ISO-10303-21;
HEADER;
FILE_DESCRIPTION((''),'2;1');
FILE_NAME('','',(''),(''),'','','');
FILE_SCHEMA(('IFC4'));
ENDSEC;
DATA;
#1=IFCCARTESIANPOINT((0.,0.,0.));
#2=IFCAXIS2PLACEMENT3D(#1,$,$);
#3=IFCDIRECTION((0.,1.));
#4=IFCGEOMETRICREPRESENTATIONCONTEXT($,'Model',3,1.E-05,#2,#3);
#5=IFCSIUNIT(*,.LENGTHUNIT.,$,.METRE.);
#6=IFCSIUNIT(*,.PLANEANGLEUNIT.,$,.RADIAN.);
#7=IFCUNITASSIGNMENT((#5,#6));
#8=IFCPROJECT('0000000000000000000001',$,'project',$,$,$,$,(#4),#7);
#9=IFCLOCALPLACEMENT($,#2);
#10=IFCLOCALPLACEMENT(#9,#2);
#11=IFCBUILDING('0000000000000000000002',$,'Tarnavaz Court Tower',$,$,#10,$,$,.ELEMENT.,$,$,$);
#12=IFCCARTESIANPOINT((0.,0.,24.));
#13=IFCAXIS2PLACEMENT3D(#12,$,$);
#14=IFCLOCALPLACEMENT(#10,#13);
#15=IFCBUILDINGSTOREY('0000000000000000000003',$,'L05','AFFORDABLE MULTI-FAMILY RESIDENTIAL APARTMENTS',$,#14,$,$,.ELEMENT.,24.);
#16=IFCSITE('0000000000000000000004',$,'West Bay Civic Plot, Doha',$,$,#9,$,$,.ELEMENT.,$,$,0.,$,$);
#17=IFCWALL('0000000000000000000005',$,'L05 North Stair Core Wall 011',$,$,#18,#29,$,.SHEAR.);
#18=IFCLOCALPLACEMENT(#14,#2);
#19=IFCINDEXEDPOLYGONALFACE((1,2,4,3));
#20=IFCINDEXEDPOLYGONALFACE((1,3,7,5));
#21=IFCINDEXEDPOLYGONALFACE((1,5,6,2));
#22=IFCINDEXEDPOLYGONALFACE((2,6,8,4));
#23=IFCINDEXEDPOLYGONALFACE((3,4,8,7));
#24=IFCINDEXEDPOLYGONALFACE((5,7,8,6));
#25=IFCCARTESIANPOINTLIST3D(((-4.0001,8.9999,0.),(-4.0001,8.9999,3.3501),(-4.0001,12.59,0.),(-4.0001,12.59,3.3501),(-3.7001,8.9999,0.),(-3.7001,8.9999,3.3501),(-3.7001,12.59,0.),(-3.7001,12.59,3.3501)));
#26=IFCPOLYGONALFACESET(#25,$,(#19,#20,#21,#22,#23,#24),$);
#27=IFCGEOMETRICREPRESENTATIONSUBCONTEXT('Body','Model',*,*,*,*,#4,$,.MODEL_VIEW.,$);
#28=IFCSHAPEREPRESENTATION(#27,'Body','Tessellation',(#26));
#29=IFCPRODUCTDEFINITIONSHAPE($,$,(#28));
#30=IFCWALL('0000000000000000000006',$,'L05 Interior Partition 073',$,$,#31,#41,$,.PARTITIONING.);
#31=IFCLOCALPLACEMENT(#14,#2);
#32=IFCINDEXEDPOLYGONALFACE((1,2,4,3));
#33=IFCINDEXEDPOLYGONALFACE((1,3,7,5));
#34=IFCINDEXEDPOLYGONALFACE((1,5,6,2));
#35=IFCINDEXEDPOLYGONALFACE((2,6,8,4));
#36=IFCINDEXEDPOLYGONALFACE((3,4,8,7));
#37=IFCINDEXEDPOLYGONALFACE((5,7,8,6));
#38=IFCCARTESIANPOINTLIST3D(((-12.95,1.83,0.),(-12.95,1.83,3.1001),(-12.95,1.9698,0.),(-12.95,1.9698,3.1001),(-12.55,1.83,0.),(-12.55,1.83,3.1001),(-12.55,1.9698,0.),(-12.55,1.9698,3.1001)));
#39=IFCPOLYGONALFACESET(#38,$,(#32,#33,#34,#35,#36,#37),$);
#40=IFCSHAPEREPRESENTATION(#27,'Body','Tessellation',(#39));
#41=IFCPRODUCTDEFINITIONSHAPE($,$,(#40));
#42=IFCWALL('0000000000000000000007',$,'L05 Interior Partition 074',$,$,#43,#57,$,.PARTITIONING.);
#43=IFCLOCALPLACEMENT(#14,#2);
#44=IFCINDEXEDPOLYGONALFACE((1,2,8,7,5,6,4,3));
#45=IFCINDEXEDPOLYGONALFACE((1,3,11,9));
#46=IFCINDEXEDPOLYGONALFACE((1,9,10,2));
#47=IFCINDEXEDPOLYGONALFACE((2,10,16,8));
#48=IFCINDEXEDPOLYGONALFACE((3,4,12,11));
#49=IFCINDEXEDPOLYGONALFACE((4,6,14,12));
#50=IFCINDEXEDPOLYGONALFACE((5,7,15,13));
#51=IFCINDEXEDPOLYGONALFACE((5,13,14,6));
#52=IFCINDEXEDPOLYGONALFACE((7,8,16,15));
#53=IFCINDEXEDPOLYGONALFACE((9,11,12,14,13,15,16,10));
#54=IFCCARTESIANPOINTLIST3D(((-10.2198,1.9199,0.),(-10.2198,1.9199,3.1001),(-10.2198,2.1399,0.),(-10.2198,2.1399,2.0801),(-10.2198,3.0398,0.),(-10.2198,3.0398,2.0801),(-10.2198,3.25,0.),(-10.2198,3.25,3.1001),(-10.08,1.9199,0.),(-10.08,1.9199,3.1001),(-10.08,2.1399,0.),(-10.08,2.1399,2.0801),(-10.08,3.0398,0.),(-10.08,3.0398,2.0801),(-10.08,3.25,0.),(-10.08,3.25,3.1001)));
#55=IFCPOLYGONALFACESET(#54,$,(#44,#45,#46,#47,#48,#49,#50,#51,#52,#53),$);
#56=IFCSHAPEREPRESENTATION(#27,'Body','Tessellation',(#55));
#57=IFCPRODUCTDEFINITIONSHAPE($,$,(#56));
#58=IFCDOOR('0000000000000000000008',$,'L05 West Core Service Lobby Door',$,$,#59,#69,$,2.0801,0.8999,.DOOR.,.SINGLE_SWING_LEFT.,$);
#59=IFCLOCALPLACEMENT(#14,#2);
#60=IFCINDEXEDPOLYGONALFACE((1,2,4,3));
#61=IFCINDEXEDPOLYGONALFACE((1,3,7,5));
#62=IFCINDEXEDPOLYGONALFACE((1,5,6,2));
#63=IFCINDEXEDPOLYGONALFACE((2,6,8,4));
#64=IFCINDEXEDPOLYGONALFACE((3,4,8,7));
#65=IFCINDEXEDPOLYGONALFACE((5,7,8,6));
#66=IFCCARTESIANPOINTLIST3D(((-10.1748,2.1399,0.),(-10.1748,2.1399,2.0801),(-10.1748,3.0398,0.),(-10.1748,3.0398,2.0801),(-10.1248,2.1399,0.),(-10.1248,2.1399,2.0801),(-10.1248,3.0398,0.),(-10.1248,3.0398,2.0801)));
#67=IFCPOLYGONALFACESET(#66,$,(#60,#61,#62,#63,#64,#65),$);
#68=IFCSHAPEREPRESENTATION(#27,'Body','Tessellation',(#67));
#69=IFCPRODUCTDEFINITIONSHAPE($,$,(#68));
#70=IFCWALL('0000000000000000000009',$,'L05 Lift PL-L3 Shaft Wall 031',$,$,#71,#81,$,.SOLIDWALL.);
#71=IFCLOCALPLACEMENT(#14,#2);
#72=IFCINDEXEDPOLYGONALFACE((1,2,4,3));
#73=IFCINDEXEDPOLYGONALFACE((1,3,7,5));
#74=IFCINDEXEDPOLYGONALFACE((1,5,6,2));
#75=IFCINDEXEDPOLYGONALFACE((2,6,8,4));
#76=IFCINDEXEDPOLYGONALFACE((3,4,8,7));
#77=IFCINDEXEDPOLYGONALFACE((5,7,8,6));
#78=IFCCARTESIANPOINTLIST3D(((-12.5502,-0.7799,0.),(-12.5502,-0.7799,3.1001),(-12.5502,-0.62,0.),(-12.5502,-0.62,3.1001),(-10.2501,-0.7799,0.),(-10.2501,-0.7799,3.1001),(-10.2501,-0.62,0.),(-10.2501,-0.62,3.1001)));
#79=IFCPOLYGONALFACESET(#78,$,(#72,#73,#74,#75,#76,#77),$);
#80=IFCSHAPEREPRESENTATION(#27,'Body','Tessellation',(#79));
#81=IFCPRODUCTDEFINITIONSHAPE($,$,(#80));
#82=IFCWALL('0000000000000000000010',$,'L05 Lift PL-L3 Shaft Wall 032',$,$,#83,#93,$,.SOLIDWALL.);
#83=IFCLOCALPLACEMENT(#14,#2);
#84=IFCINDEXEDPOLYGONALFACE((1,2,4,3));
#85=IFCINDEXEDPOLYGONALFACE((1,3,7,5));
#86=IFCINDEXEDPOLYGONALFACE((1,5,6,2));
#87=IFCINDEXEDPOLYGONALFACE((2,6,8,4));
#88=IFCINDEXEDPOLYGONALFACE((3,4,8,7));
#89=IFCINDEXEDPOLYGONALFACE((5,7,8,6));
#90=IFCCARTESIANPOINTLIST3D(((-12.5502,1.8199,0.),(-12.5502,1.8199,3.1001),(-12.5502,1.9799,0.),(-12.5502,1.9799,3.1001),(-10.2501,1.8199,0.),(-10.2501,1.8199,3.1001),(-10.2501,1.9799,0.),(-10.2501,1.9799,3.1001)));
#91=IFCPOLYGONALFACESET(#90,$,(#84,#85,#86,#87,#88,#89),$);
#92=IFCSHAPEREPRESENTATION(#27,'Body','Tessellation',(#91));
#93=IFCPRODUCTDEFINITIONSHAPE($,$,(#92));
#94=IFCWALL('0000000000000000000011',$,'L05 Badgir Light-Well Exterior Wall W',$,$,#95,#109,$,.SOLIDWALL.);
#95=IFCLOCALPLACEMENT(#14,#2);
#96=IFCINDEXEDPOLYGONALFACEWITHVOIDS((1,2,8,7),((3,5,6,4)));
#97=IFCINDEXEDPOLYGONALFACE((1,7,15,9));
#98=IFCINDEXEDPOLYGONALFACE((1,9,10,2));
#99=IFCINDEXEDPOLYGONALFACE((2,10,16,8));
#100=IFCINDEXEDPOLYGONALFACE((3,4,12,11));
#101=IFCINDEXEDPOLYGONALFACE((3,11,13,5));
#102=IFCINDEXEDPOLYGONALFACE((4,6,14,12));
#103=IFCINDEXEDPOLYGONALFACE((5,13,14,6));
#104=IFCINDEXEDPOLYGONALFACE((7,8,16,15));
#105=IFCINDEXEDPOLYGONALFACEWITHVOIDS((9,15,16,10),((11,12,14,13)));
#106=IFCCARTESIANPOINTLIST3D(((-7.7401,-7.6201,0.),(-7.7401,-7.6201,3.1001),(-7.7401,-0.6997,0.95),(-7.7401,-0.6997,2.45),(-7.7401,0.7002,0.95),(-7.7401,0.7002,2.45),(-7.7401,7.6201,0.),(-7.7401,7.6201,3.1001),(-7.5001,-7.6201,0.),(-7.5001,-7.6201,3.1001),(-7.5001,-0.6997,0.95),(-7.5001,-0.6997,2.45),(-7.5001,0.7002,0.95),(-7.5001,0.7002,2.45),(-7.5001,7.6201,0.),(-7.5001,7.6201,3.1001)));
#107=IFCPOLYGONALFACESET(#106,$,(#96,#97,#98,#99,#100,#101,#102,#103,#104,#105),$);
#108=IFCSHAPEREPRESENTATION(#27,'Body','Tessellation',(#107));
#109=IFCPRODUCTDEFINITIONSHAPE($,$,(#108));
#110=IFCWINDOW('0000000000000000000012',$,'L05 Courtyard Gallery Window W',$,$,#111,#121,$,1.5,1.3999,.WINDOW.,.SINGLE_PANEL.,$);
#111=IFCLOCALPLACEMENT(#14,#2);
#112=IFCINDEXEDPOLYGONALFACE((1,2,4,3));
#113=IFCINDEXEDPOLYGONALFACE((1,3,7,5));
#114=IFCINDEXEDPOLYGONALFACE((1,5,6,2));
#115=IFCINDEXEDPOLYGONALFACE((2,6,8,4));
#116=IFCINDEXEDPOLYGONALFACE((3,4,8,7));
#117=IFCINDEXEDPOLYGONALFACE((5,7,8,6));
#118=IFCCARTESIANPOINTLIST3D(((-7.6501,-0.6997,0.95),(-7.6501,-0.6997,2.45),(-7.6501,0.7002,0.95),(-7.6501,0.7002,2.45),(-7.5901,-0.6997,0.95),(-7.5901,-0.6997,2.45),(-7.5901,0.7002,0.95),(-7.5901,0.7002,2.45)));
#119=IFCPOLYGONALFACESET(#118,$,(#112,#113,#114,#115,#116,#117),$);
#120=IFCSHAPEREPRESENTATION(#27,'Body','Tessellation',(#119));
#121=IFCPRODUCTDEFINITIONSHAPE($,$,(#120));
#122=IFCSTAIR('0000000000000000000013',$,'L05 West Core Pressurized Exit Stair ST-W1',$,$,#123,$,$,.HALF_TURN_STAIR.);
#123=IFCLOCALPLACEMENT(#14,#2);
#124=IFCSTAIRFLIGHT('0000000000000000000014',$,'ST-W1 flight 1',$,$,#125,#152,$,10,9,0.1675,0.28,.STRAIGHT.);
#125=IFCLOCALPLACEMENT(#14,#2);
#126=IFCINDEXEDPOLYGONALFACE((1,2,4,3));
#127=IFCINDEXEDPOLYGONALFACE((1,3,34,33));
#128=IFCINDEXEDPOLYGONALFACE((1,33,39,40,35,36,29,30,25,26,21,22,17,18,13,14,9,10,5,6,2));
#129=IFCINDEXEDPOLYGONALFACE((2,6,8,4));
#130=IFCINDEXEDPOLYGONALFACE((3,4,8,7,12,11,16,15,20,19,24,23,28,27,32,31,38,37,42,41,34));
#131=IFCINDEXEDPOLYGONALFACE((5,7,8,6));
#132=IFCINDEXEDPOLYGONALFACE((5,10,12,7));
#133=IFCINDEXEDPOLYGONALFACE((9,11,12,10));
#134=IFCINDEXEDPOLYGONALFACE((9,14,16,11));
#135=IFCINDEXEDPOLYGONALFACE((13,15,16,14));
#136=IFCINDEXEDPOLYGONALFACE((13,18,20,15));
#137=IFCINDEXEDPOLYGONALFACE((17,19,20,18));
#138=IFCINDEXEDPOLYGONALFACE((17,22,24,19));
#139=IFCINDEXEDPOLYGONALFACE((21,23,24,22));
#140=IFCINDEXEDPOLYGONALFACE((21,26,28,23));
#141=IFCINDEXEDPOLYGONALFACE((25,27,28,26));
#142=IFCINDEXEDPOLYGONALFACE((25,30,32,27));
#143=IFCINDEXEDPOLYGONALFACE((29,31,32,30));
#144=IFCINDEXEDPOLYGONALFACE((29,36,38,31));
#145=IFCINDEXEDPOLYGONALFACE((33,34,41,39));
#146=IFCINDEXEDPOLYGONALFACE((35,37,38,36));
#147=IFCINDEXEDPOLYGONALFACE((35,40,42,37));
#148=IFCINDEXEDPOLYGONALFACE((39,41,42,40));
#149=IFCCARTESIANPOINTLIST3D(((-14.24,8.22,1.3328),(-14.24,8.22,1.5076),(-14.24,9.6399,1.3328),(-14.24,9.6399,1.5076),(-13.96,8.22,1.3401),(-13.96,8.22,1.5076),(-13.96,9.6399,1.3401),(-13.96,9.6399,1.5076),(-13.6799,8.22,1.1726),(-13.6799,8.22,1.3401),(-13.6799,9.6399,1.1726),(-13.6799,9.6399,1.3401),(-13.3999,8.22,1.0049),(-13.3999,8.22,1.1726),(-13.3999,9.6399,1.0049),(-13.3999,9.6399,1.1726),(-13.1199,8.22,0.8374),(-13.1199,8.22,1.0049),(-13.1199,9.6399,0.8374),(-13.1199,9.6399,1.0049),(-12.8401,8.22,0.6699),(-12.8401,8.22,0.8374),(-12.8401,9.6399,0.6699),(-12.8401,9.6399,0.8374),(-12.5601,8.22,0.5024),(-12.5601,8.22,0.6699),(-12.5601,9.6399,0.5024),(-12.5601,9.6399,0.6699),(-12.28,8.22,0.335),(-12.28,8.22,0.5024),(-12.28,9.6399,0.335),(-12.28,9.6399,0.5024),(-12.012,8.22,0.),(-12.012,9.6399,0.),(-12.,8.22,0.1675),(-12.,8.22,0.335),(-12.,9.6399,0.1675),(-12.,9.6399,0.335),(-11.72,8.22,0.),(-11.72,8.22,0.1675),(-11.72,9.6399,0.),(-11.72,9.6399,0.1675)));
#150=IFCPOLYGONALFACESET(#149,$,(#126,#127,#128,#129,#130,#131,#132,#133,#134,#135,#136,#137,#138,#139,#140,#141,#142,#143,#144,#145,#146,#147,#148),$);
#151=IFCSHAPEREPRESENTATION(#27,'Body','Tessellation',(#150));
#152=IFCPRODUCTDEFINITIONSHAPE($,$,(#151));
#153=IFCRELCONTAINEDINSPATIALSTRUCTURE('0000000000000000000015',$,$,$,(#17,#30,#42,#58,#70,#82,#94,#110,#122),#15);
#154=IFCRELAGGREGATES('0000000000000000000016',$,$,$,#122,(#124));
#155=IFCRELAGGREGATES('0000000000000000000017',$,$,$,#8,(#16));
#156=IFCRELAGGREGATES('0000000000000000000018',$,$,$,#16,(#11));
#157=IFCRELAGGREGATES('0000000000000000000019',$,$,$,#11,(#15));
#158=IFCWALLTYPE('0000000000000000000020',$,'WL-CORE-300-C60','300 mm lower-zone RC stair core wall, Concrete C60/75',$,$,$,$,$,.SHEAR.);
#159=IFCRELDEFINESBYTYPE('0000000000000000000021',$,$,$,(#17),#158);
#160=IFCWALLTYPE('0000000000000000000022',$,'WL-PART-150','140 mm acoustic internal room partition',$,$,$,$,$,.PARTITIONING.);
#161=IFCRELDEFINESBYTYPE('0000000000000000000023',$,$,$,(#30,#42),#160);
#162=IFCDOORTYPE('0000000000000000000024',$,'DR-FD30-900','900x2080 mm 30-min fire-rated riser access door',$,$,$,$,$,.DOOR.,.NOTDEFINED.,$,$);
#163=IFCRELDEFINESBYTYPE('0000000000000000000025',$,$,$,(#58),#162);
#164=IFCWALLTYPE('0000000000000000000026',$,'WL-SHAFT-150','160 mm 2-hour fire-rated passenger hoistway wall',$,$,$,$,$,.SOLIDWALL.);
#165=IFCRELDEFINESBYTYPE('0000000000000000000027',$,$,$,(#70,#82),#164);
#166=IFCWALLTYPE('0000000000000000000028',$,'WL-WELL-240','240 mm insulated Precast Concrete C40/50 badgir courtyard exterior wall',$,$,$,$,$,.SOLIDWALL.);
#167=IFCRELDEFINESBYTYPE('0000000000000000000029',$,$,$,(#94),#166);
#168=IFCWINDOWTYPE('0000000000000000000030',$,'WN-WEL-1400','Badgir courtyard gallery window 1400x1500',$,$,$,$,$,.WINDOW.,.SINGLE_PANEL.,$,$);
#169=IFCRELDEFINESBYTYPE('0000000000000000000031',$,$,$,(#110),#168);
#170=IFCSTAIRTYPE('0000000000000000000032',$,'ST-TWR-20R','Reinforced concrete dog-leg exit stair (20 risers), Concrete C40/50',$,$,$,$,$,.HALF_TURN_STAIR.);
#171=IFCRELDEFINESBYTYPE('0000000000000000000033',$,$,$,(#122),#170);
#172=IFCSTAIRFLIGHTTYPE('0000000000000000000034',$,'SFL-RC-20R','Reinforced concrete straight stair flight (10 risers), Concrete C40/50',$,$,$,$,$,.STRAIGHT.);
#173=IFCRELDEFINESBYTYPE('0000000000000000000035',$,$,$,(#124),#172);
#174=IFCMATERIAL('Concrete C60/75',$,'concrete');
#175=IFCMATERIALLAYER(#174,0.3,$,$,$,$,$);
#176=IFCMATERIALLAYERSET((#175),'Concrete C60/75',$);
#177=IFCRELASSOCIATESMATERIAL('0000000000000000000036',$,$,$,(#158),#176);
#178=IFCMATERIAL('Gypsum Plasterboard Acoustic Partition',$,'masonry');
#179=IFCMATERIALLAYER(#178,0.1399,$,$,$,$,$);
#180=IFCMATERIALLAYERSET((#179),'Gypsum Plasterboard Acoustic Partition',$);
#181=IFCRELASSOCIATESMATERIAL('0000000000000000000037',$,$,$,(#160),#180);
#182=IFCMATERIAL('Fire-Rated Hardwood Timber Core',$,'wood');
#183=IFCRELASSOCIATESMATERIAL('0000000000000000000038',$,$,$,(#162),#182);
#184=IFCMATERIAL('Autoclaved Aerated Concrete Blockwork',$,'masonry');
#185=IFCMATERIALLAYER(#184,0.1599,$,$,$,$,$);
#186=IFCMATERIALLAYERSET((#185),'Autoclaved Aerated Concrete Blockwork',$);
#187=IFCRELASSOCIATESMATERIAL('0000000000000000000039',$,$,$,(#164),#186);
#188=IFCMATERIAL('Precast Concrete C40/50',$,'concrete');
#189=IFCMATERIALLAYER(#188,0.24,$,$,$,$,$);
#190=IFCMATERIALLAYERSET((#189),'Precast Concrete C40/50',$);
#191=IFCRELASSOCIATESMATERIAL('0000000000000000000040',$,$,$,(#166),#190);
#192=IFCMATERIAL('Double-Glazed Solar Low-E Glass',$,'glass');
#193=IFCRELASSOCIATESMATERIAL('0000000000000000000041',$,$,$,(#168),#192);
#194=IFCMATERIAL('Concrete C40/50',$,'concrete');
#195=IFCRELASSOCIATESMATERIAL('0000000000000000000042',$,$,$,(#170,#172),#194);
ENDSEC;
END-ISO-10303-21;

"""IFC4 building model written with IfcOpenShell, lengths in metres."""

from ifc_helpers import new_model, si_unit, direction, frame, frame_2d, origin, place, context, subcontext, project, spatial, polyline, rectangle, outline, extrude, material, layer, layer_set, type_object, element, fill, aggregate, save


model = new_model("IFC4")

# Units and contexts
model_context = context("Model", 3, precision=1e-05, world=origin(), true_north=direction((0.0, 1.0)))
body_context = subcontext(model_context, "Body", "Model", "MODEL_VIEW")
ifc_project = project(units=[si_unit("LENGTHUNIT", "METRE"), si_unit("PLANEANGLEUNIT", "RADIAN")], contexts=[model_context])

# Site, building, storey
site_placement = place(None, origin())
site = spatial("IfcSite", under=ifc_project, at=site_placement, Name="West Bay Civic Plot, Doha", CompositionType="ELEMENT", RefElevation=0.0)
building_placement = place(site_placement, origin())
building = spatial("IfcBuilding", under=site, at=building_placement, Name="Tarnavaz Court Tower", CompositionType="ELEMENT")
storey_placement = place(building_placement, frame((0.0, 0.0, 24.0)))
storey = spatial("IfcBuildingStorey", under=building, at=storey_placement, Name="L05", Description="AFFORDABLE MULTI-FAMILY RESIDENTIAL APARTMENTS", CompositionType="ELEMENT", Elevation=24.0)

# Shared definitions
ifc_material_1 = material(Name="Concrete C60/75", Category="concrete")

# Shared definitions
ifc_layer_1 = layer(ifc_material_1, 0.3)
ifc_layer_set_1 = layer_set([ifc_layer_1], Name="Concrete C60/75")
wall_type_1 = type_object("IfcWallType", Name="WL-CORE-300-C60", Description="300 mm lower-zone RC stair core wall, Concrete C60/75", PredefinedType="SHEAR", material=ifc_layer_set_1)

# Shared definitions
ifc_material_2 = material(Name="Fire-Rated Hardwood Timber Core", Category="wood")

# Wall
wall_1_placement = place(storey_placement, frame((-3.8501, 9.0, 0.0), z_axis=(0.0, 0.0, 1.0), x_axis=(0.0, 1.0, 0.0)))
element("IfcWall", 1, at=wall_1_placement, inside=storey, type_object=wall_type_1, Name="L05 North Stair Core Wall 011", PredefinedType="SHEAR", context=body_context, shape_type="SweptSolid", body=[
    extrude(rectangle(XDim=3.5901, YDim=0.3, at=frame_2d((1.7949, 0.0))), origin(), (0.0, 0.0, 1.0), 3.3501),
])

# Shared definitions
ifc_material_3 = material(Name="Autoclaved Aerated Concrete Blockwork", Category="masonry")

# Wall
ifc_material_4 = material(Name="Gypsum Plasterboard Acoustic Partition", Category="masonry")
ifc_layer_2 = layer(ifc_material_4, 0.1399)
ifc_layer_set_2 = layer_set([ifc_layer_2], Name="Gypsum Plasterboard Acoustic Partition")
wall_type_2 = type_object("IfcWallType", Name="WL-PART-150", Description="140 mm acoustic internal room partition", PredefinedType="PARTITIONING", material=ifc_layer_set_2)
wall_2_placement = place(storey_placement, frame((-12.95, 1.8999, 0.0), z_axis=(0.0, 0.0, 1.0), x_axis=(1.0, 0.0, 0.0)))
element("IfcWall", 2, at=wall_2_placement, inside=storey, type_object=wall_type_2, Name="L05 Interior Partition 073", PredefinedType="PARTITIONING", context=body_context, shape_type="SweptSolid", body=[
    extrude(rectangle(XDim=0.3999, YDim=0.1399, at=frame_2d((0.2, 0.0))), origin(), (0.0, 0.0, 1.0), 3.1001),
])

# Wall, opening, door
wall_3_placement = place(storey_placement, frame((-10.1499, 1.9199, 0.0), z_axis=(0.0, 0.0, 1.0), x_axis=(0.0, 1.0, 0.0)))
wall_3 = element("IfcWall", 3, at=wall_3_placement, inside=storey, type_object=wall_type_2, Name="L05 Interior Partition 074", PredefinedType="PARTITIONING", context=body_context, shape_type="SweptSolid", body=[
    extrude(rectangle(XDim=1.3301, YDim=0.1399, at=frame_2d((0.665, 0.0))), origin(), (0.0, 0.0, 1.0), 3.1001),
])
opening_1_placement = place(wall_3_placement, frame((0.22, 0.0, 0.0)))
opening_1 = element("IfcOpeningElement", 4, at=opening_1_placement, cuts=wall_3, PredefinedType="OPENING", context=body_context, shape_type="SweptSolid", body=[
    extrude(rectangle(XDim=0.8999, YDim=2.0801, at=frame_2d((0.45, 1.04))), frame((0.0, 0.0798, 0.0), z_axis=(0.0, -1.0, 0.0), x_axis=(1.0, 0.0, 0.0)), (0.0, 0.0, 1.0), 0.1599),
])
door_type_1 = type_object("IfcDoorType", Name="DR-FD30-900", Description="900x2080 mm 30-min fire-rated riser access door", OperationType="NOTDEFINED", PredefinedType="DOOR", material=ifc_material_2)
door_1_placement = place(opening_1_placement, origin())
door_1 = element("IfcDoor", 5, at=door_1_placement, inside=storey, type_object=door_type_1, Name="L05 West Core Service Lobby Door", OperationType="SINGLE_SWING_LEFT", OverallHeight=2.0801, OverallWidth=0.8999, PredefinedType="DOOR", context=body_context, shape_type="SweptSolid", body=[
    extrude(rectangle(XDim=0.8999, YDim=2.0801, at=frame_2d((0.45, 1.04))), frame((0.0, 0.0249, 0.0), z_axis=(0.0, -1.0, 0.0), x_axis=(1.0, 0.0, 0.0)), (0.0, 0.0, 1.0), 0.05),
])
fill(opening_1, door_1)
ifc_layer_3 = layer(ifc_material_3, 0.1599)
ifc_layer_set_3 = layer_set([ifc_layer_3], Name="Autoclaved Aerated Concrete Blockwork")
wall_type_3 = type_object("IfcWallType", Name="WL-SHAFT-150", Description="160 mm 2-hour fire-rated passenger hoistway wall", PredefinedType="SOLIDWALL", material=ifc_layer_set_3)

# Walls
for number, where, z_axis, x_axis, name in (
    (6, (-12.55, -0.7, 0.0), (0.0, 0.0, 1.0), (1.0, 0.0, 0.0), "L05 Lift PL-L3 Shaft Wall 031"),
    (7, (-12.55, 1.8999, 0.0), (0.0, 0.0, 1.0), (1.0, 0.0, 0.0), "L05 Lift PL-L3 Shaft Wall 032"),
):
    element("IfcWall", number, at=place(storey_placement, frame(where, z_axis=z_axis, x_axis=x_axis)), inside=storey, type_object=wall_type_3, Name=name, PredefinedType="SOLIDWALL", context=body_context, shape_type="SweptSolid", body=[
        extrude(rectangle(XDim=2.3, YDim=0.1599, at=frame_2d((1.1499, 0.0))), origin(), (0.0, 0.0, 1.0), 3.1001),
    ])

# Wall, opening, window
ifc_material_5 = material(Name="Precast Concrete C40/50", Category="concrete")
ifc_layer_4 = layer(ifc_material_5, 0.24)
ifc_layer_set_4 = layer_set([ifc_layer_4], Name="Precast Concrete C40/50")
wall_type_4 = type_object("IfcWallType", Name="WL-WELL-240", Description="240 mm insulated Precast Concrete C40/50 badgir courtyard exterior wall", PredefinedType="SOLIDWALL", material=ifc_layer_set_4)
wall_4_placement = place(storey_placement, frame((-7.6201, 7.6201, 0.0), z_axis=(0.0, 0.0, 1.0), x_axis=(0.0, -1.0, 0.0)))
wall_4 = element("IfcWall", 8, at=wall_4_placement, inside=storey, type_object=wall_type_4, Name="L05 Badgir Light-Well Exterior Wall W", PredefinedType="SOLIDWALL", context=body_context, shape_type="SweptSolid", body=[
    extrude(rectangle(XDim=15.2402, YDim=0.24, at=frame_2d((7.6201, 0.0))), origin(), (0.0, 0.0, 1.0), 3.1001),
])
opening_2_placement = place(wall_4_placement, frame((6.9199, 0.0, 0.95)))
opening_2 = element("IfcOpeningElement", 9, at=opening_2_placement, cuts=wall_4, PredefinedType="OPENING", context=body_context, shape_type="SweptSolid", body=[
    extrude(rectangle(XDim=1.3999, YDim=1.5, at=frame_2d((0.7, 0.75))), frame((0.0, 0.1299, 0.0), z_axis=(0.0, -1.0, 0.0), x_axis=(1.0, 0.0, 0.0)), (0.0, 0.0, 1.0), 0.26),
])
ifc_material_6 = material(Name="Double-Glazed Solar Low-E Glass", Category="glass")
window_type = type_object("IfcWindowType", Name="WN-WEL-1400", Description="Badgir courtyard gallery window 1400x1500", PartitioningType="SINGLE_PANEL", PredefinedType="WINDOW", material=ifc_material_6)
window_placement = place(opening_2_placement, origin())
window = element("IfcWindow", 10, at=window_placement, inside=storey, type_object=window_type, Name="L05 Courtyard Gallery Window W", OverallHeight=1.5, OverallWidth=1.3999, PartitioningType="SINGLE_PANEL", PredefinedType="WINDOW", context=body_context, shape_type="SweptSolid", body=[
    extrude(rectangle(XDim=1.3999, YDim=1.5, at=frame_2d((0.7, 0.75))), frame((0.0, 0.03, 0.0), z_axis=(0.0, -1.0, 0.0), x_axis=(1.0, 0.0, 0.0)), (0.0, 0.0, 1.0), 0.0601),
])
fill(opening_2, window)

# Stair, stair flight
ifc_material_7 = material(Name="Concrete C40/50", Category="concrete")
stair_type = type_object("IfcStairType", Name="ST-TWR-20R", Description="Reinforced concrete dog-leg exit stair (20 risers), Concrete C40/50", PredefinedType="HALF_TURN_STAIR", material=ifc_material_7)
stair_1_placement = place(storey_placement, origin())
stair_1 = element("IfcStair", 11, at=stair_1_placement, inside=storey, type_object=stair_type, Name="L05 West Core Pressurized Exit Stair ST-W1", PredefinedType="HALF_TURN_STAIR")
stair_flight_type = type_object("IfcStairFlightType", Name="SFL-RC-20R", Description="Reinforced concrete straight stair flight (10 risers), Concrete C40/50", PredefinedType="STRAIGHT", material=ifc_material_7)
stair_flight_1_placement = place(storey_placement, frame((-11.72, 8.9299, 0.0), z_axis=(0.0, 0.0, 1.0), x_axis=(-1.0, 0.0, 0.0)))
stair_flight_1 = element("IfcStairFlight", 12, at=stair_flight_1_placement, type_object=stair_flight_type, Name="ST-W1 flight 1", NumberOfRisers=10, NumberOfTreads=9, PredefinedType="STRAIGHT", RiserHeight=0.1675, TreadLength=0.28, context=body_context, shape_type="SweptSolid", body=[
    extrude(outline(polyline([(0.0, 0.0), (0.0, 0.1675), (0.28, 0.1675), (0.28, 0.335), (0.5601, 0.335), (0.5601, 0.5024), (0.8401, 0.5024), (0.8401, 0.6699), (1.1201, 0.6699), (1.1201, 0.8374), (1.3999, 0.8374), (1.3999, 1.0049), (1.6799, 1.0049), (1.6799, 1.1726), (1.96, 1.1726), (1.96, 1.3401), (2.24, 1.3401), (2.24, 1.5076), (2.52, 1.5076), (2.52, 1.675), (2.52, 1.3328), (0.292, 0.0), (0.0, 0.0)])), frame((0.0, 0.71, 0.0), z_axis=(0.0, -1.0, 0.0), x_axis=(1.0, 0.0, 0.0)), (0.0, 0.0, 1.0), 1.4199),
])
aggregate(stair_1, [stair_flight_1])

save(model, "model.ifc")
